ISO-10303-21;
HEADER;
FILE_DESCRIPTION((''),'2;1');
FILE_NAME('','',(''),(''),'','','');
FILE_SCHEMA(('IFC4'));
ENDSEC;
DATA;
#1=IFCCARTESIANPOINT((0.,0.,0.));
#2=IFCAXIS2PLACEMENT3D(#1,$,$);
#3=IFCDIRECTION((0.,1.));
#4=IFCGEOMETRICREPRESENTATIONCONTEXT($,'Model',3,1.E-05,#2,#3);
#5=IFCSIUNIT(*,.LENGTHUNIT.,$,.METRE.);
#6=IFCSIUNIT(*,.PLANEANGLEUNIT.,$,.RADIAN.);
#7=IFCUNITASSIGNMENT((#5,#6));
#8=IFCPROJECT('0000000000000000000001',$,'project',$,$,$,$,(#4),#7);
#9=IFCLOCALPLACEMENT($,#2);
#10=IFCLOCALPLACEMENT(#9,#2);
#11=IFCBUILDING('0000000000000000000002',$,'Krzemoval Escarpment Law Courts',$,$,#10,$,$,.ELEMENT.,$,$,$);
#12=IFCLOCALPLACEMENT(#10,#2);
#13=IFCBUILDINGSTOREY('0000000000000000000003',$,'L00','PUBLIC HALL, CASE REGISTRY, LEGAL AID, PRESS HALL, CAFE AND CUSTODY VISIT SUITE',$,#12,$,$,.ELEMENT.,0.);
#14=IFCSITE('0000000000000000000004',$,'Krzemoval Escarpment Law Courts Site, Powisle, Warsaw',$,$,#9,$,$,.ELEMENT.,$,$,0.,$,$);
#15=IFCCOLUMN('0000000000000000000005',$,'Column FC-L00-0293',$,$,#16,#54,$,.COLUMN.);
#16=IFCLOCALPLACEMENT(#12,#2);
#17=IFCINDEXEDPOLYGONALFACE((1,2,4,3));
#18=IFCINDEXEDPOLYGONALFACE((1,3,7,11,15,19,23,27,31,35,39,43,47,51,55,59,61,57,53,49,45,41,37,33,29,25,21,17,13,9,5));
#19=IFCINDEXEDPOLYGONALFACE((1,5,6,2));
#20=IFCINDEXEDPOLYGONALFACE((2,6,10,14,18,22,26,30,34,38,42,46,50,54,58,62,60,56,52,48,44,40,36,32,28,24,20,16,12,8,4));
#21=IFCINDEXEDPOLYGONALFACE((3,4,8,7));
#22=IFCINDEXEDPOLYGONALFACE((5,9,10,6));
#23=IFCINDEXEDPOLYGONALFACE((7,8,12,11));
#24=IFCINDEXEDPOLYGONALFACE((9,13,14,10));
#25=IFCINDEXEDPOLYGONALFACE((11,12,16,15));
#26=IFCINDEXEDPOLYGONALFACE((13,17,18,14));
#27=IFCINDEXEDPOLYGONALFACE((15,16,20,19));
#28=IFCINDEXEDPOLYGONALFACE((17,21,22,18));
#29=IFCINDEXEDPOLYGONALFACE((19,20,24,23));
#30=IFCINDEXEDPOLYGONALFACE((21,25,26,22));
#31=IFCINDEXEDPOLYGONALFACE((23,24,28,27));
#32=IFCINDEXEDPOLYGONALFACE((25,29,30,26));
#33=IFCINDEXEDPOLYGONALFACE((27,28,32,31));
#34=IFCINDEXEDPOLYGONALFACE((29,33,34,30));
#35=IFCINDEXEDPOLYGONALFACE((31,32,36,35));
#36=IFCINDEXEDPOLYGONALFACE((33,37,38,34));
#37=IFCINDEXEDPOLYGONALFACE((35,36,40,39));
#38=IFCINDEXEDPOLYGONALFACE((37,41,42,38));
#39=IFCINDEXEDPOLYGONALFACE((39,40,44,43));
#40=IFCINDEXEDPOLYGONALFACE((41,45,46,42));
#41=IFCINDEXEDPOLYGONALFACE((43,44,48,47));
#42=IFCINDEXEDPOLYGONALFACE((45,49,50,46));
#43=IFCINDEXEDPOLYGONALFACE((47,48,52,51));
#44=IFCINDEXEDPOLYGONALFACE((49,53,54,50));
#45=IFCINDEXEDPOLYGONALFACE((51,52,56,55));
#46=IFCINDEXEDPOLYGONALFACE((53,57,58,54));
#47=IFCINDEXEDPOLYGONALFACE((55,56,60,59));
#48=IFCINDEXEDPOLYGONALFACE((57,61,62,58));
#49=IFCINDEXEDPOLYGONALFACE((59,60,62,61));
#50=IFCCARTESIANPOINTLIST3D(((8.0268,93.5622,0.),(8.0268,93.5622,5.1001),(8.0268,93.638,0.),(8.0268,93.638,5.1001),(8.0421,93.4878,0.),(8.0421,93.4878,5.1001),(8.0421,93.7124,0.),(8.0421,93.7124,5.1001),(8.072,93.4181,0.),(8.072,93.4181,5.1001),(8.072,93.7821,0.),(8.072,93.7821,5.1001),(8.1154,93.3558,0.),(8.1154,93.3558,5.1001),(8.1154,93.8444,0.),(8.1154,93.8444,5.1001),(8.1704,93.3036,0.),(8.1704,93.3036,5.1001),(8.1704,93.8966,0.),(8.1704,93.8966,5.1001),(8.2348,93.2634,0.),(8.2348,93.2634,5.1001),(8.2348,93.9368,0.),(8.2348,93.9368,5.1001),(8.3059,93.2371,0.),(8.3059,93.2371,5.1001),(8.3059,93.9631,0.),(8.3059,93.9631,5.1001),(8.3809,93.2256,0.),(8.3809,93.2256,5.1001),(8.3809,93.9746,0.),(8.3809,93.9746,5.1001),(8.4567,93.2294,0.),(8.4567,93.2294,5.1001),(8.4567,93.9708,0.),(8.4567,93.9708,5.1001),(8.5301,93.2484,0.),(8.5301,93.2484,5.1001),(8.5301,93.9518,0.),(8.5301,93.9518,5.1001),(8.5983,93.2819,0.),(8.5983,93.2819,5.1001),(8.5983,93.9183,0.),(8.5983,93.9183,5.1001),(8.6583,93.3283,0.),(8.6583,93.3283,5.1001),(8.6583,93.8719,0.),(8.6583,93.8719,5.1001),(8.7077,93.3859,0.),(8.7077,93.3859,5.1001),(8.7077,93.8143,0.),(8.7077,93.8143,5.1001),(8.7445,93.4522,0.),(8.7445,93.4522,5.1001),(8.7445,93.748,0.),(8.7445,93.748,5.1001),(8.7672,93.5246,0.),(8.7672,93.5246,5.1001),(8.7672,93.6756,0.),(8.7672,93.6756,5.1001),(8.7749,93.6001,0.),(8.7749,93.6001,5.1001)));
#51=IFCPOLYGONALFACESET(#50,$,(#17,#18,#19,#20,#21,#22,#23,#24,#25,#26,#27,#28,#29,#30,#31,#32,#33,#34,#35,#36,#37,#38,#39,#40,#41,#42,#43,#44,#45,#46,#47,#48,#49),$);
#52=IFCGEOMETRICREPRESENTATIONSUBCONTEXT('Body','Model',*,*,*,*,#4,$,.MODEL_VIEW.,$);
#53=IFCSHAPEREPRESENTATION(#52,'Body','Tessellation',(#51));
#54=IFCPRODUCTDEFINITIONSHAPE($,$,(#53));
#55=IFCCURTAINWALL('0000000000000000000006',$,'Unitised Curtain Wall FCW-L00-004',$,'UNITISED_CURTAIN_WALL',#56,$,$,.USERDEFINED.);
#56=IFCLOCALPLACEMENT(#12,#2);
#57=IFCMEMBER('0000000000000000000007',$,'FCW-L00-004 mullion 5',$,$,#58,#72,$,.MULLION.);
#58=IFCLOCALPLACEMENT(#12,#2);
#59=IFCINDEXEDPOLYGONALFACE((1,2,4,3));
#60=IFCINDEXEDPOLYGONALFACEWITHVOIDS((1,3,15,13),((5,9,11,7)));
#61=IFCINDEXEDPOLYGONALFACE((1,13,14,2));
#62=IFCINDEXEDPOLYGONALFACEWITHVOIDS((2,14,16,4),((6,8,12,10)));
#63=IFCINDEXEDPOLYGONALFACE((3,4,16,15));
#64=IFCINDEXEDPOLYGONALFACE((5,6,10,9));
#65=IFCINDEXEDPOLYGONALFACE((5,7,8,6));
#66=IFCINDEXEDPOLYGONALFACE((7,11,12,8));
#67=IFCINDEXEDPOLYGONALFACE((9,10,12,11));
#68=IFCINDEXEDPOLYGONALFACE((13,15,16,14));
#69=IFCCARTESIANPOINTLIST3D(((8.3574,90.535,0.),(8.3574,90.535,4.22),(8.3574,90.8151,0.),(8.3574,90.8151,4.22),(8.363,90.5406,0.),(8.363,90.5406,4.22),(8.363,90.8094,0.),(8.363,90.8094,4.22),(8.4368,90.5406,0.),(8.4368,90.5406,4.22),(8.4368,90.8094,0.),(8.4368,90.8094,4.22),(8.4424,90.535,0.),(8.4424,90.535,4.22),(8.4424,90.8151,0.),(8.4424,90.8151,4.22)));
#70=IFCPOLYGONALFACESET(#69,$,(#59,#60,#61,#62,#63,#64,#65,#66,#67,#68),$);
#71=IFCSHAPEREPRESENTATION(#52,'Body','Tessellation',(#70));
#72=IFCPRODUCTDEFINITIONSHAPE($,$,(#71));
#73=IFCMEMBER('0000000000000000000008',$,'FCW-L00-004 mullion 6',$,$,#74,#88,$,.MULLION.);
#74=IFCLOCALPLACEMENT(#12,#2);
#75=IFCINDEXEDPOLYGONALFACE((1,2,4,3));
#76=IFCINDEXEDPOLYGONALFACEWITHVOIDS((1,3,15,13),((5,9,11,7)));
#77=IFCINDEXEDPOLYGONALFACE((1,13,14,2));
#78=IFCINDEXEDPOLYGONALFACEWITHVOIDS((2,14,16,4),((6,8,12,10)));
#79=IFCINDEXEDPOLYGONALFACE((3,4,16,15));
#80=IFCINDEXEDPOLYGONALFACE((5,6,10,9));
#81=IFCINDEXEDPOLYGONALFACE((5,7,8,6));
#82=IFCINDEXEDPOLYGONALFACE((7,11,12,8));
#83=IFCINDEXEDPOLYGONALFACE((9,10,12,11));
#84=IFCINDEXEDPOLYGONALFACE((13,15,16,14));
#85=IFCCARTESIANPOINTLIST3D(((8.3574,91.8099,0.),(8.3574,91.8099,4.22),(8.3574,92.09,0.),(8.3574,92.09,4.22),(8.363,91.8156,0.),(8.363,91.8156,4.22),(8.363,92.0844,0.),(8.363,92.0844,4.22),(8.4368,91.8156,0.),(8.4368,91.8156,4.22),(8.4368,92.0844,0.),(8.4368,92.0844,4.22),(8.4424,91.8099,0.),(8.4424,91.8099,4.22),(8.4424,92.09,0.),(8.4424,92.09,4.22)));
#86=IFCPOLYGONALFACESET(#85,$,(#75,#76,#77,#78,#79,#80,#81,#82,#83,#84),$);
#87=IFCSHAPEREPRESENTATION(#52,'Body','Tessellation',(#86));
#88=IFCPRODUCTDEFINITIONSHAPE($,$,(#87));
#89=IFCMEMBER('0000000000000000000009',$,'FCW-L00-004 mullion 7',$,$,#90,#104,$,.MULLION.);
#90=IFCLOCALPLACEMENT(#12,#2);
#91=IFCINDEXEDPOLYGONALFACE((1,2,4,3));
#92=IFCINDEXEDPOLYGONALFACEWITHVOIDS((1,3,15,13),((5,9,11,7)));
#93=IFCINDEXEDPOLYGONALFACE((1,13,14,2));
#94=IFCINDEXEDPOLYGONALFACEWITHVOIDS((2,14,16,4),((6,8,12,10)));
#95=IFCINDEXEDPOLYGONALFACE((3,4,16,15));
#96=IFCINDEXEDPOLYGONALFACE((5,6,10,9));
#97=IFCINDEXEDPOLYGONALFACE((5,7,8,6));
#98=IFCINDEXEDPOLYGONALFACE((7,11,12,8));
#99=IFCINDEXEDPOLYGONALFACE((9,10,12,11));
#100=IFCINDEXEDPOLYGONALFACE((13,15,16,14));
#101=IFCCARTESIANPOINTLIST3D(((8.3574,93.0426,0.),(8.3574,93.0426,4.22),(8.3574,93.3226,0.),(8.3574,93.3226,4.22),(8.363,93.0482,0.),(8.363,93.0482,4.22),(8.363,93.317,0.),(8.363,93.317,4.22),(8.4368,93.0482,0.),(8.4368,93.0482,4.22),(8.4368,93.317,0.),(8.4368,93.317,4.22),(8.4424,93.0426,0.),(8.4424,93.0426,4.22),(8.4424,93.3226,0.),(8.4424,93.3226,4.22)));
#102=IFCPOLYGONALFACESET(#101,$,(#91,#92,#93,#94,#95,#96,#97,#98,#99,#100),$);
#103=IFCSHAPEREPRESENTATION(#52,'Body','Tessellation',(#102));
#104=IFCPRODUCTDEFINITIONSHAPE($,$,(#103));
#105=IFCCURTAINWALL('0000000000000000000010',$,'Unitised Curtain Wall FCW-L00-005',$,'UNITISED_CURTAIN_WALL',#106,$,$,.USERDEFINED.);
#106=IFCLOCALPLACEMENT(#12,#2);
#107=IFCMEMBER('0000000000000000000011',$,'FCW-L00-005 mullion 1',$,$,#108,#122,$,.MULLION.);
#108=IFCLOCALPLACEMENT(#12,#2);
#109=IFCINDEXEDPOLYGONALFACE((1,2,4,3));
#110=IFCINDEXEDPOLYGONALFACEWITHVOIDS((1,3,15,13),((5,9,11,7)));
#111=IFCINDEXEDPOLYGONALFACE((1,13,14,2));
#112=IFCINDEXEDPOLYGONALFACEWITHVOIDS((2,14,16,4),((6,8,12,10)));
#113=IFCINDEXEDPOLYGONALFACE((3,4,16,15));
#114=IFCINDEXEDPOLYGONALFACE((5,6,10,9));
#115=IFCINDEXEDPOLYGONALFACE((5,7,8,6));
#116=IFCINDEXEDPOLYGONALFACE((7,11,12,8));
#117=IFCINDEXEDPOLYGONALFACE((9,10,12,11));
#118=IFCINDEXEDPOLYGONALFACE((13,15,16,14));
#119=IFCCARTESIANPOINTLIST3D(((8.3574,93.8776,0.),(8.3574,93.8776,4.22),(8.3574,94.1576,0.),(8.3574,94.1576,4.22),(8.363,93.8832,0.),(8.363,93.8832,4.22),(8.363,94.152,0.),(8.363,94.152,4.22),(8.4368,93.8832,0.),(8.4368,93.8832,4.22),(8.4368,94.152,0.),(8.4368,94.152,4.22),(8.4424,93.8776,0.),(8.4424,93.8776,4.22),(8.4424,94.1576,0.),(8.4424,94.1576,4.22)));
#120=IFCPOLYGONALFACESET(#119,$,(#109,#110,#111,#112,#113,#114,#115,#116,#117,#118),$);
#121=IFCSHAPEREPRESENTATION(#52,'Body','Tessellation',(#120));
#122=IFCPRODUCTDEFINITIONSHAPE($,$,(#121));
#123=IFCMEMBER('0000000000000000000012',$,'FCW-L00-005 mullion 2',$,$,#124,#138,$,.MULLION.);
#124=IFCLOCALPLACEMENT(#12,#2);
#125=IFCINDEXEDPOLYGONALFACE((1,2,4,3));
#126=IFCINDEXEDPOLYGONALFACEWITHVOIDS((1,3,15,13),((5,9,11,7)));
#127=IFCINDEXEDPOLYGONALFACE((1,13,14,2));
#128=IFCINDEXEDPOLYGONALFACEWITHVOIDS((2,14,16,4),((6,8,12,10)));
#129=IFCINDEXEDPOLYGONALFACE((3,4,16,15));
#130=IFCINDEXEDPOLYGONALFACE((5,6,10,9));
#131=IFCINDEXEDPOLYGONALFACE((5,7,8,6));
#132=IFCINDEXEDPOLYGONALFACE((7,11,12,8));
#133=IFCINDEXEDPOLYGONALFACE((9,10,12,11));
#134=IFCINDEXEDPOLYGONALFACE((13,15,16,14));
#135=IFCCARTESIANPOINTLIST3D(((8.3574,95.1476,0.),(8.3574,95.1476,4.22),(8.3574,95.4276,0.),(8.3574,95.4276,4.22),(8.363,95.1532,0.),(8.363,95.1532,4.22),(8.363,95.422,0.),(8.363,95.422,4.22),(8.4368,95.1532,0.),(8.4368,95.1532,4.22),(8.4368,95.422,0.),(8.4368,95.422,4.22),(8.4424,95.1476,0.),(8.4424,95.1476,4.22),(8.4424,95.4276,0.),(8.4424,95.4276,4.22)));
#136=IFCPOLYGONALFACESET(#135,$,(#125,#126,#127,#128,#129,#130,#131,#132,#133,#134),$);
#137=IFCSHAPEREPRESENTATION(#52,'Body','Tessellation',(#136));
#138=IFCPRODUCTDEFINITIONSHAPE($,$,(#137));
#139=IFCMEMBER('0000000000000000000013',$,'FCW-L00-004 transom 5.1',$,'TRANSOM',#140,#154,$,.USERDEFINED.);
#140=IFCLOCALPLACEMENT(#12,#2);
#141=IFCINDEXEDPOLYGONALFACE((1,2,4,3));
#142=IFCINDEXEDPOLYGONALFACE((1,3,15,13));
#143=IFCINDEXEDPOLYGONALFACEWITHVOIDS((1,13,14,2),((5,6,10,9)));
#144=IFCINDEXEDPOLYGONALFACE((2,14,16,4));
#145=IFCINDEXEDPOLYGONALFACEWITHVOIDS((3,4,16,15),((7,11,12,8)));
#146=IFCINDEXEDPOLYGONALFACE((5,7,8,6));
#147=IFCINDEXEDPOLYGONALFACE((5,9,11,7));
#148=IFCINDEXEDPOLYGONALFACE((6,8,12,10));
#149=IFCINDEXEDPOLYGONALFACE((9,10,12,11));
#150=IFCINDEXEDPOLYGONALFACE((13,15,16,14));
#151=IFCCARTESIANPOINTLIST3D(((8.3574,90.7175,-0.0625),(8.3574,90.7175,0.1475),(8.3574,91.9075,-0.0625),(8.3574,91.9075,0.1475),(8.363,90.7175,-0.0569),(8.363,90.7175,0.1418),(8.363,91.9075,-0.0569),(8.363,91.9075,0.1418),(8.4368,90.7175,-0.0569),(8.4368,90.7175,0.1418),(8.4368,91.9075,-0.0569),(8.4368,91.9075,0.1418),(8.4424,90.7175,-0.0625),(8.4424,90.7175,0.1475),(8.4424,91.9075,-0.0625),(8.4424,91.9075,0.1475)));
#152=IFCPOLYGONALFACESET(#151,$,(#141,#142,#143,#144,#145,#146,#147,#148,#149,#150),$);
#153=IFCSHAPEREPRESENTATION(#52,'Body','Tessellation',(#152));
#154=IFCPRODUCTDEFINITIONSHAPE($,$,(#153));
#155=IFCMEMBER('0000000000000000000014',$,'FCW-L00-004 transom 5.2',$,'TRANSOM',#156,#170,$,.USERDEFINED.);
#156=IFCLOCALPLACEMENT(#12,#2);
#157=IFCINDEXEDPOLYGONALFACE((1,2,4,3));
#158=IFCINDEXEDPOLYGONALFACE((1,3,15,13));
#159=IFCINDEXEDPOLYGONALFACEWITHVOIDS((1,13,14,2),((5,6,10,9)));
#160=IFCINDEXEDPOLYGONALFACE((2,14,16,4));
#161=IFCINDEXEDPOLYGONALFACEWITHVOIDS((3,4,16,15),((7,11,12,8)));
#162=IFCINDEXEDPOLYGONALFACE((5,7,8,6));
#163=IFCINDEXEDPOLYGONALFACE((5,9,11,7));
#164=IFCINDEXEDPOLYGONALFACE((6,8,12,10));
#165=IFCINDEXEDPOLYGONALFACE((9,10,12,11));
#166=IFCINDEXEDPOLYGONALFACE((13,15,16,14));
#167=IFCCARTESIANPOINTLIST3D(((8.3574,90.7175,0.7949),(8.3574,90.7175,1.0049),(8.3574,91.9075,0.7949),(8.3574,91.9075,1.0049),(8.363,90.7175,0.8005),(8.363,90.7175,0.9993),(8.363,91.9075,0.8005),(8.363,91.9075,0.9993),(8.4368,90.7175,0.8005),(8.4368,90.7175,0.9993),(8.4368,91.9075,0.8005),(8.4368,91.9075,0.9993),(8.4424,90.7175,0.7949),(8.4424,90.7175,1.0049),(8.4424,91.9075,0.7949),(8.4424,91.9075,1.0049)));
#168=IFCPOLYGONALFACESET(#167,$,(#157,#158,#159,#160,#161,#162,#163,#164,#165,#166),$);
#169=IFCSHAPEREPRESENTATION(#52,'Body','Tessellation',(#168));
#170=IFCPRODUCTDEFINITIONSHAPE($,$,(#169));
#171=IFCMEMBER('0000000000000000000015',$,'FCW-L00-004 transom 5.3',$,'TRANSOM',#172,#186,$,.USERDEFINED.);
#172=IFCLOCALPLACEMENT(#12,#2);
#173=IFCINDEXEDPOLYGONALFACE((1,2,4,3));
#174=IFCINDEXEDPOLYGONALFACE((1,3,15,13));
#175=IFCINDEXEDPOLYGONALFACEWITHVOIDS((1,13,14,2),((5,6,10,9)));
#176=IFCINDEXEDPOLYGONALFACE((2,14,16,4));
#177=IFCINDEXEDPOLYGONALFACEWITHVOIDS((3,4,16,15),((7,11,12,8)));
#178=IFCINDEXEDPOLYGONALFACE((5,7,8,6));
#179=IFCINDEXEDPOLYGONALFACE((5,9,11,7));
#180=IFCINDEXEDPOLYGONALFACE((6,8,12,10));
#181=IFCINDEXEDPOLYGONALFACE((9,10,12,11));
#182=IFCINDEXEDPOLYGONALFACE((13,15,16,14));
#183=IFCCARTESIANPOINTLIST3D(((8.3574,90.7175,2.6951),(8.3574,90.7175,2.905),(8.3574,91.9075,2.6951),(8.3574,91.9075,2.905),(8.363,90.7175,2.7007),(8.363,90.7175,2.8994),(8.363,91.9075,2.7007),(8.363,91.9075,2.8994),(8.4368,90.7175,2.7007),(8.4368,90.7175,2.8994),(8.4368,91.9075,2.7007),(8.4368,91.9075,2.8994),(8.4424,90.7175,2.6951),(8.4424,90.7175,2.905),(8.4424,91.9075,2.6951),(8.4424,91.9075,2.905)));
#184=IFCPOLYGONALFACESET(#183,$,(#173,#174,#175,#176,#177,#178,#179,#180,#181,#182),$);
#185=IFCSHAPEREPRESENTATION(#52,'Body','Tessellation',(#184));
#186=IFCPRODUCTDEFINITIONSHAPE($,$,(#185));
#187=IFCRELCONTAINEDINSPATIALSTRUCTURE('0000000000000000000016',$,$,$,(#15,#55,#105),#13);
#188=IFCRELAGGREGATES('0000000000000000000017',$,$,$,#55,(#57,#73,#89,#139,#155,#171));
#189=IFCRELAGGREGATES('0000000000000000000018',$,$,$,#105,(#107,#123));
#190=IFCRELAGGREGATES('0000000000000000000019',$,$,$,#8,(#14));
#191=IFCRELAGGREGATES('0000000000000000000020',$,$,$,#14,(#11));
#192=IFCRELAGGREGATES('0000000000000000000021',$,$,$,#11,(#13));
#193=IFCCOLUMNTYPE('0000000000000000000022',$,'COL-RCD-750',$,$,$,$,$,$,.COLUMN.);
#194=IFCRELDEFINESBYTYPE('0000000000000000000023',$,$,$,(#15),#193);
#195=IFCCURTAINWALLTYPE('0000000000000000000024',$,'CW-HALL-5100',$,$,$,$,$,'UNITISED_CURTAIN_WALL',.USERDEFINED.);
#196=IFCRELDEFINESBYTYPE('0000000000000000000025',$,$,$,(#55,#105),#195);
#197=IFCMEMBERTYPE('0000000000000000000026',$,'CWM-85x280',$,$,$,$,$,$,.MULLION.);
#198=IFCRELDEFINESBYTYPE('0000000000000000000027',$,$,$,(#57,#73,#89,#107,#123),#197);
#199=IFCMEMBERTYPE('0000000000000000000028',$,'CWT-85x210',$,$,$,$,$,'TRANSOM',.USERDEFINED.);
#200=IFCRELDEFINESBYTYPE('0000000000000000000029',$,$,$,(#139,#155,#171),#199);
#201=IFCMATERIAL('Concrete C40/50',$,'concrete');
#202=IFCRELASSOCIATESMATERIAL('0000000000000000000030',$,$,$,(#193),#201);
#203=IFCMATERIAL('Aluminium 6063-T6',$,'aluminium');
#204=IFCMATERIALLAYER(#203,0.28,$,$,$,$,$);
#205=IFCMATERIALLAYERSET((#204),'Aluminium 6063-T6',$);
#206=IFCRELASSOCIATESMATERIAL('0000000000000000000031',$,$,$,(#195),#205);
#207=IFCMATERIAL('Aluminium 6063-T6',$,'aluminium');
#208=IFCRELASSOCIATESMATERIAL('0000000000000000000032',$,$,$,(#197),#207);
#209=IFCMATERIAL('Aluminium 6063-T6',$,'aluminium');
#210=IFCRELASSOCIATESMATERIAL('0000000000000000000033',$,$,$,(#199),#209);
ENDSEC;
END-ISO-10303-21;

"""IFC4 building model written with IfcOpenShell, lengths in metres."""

from ifc_helpers import new_model, si_unit, direction, frame, origin, origin_2d, place, context, subcontext, project, spatial, hollow_rectangle, circle, extrude, material, layer, layer_set, material_profile, profile_set, type_object, element, aggregate, save


model = new_model("IFC4")

# Units and contexts
model_context = context("Model", 3, precision=1e-05, world=origin(), true_north=direction((0.0, 1.0)))
body_context = subcontext(model_context, "Body", "Model", "MODEL_VIEW")
ifc_project = project(units=[si_unit("LENGTHUNIT", "METRE"), si_unit("PLANEANGLEUNIT", "RADIAN")], contexts=[model_context])

# Site, building, storey
site_placement = place(None, origin())
site = spatial("IfcSite", under=ifc_project, at=site_placement, Name="Krzemoval Escarpment Law Courts Site, Powisle, Warsaw", CompositionType="ELEMENT", RefElevation=0.0)
building_placement = place(site_placement, origin())
building = spatial("IfcBuilding", under=site, at=building_placement, Name="Krzemoval Escarpment Law Courts", CompositionType="ELEMENT")
storey_placement = place(building_placement, origin())
storey = spatial("IfcBuildingStorey", under=building, at=storey_placement, Name="L00", Description="PUBLIC HALL, CASE REGISTRY, LEGAL AID, PRESS HALL, CAFE AND CUSTODY VISIT SUITE", CompositionType="ELEMENT", Elevation=0.0)

# Column
ifc_material_1 = material(Name="Concrete C40/50", Category="concrete")
ifc_material_profile_1 = material_profile(ifc_material_1, circle(Radius=0.375, at=origin_2d()), Name="RC D750")
ifc_profile_set_1 = profile_set([ifc_material_profile_1], Name="Concrete C40/50")
column_type = type_object("IfcColumnType", Name="COL-RCD-750", PredefinedType="COLUMN", material=ifc_profile_set_1)
column_placement = place(storey_placement, frame((8.3999, 93.6001, 0.0), z_axis=(0.0, 0.0, 1.0), x_axis=(1.0, 0.0, 0.0)))
element("IfcColumn", 1, at=column_placement, inside=storey, type_object=column_type, Name="Column FC-L00-0293", PredefinedType="COLUMN", context=body_context, shape_type="SweptSolid", body=[
    extrude(circle(Radius=0.375, at=origin_2d()), origin(), (0.0, 0.0, 1.0), 5.1001),
])

# Curtain walls, members
ifc_material_2 = material(Name="Aluminium 6063-T6", Category="aluminium")
ifc_layer_1 = layer(ifc_material_2, 0.28)
ifc_layer_set_1 = layer_set([ifc_layer_1], Name="Aluminium 6063-T6")
curtain_wall_type = type_object("IfcCurtainWallType", Name="CW-HALL-5100", ElementType="UNITISED_CURTAIN_WALL", PredefinedType="USERDEFINED", material=ifc_layer_set_1)
curtain_wall_1_placement = place(storey_placement, origin())
curtain_wall_1 = element("IfcCurtainWall", 2, at=curtain_wall_1_placement, inside=storey, type_object=curtain_wall_type, Name="Unitised Curtain Wall FCW-L00-004", ObjectType="UNITISED_CURTAIN_WALL", PredefinedType="USERDEFINED")
ifc_material_3 = material(Name="Aluminium 6063-T6", Category="aluminium")
ifc_material_profile_2 = material_profile(ifc_material_3, hollow_rectangle(XDim=0.085, YDim=0.28, WallThickness=0.0056, at=origin_2d()), Name="ALU M85x280")
ifc_profile_set_2 = profile_set([ifc_material_profile_2], Name="Aluminium 6063-T6")
member_type_1 = type_object("IfcMemberType", Name="CWM-85x280", PredefinedType="MULLION", material=ifc_profile_set_2)
member_1_placement = place(storey_placement, frame((8.3999, 90.675, 0.0), z_axis=(0.0, 0.0, 1.0), x_axis=(-1.0, 0.0, 0.0)))
member_1 = element("IfcMember", 3, at=member_1_placement, type_object=member_type_1, Name="FCW-L00-004 mullion 5", PredefinedType="MULLION", context=body_context, shape_type="SweptSolid", body=[
    extrude(hollow_rectangle(XDim=0.085, YDim=0.28, WallThickness=0.0056, at=origin_2d()), origin(), (0.0, 0.0, 1.0), 4.22),
])
member_2_placement = place(storey_placement, frame((8.3999, 91.95, 0.0), z_axis=(0.0, 0.0, 1.0), x_axis=(-1.0, 0.0, 0.0)))
member_2 = element("IfcMember", 4, at=member_2_placement, type_object=member_type_1, Name="FCW-L00-004 mullion 6", PredefinedType="MULLION", context=body_context, shape_type="SweptSolid", body=[
    extrude(hollow_rectangle(XDim=0.085, YDim=0.28, WallThickness=0.0056, at=origin_2d()), origin(), (0.0, 0.0, 1.0), 4.22),
])
member_3_placement = place(storey_placement, frame((8.3999, 93.1826, 0.0), z_axis=(0.0, 0.0, 1.0), x_axis=(-1.0, 0.0, 0.0)))
member_3 = element("IfcMember", 5, at=member_3_placement, type_object=member_type_1, Name="FCW-L00-004 mullion 7", PredefinedType="MULLION", context=body_context, shape_type="SweptSolid", body=[
    extrude(hollow_rectangle(XDim=0.085, YDim=0.28, WallThickness=0.0056, at=origin_2d()), origin(), (0.0, 0.0, 1.0), 4.22),
])
curtain_wall_2_placement = place(storey_placement, origin())
curtain_wall_2 = element("IfcCurtainWall", 6, at=curtain_wall_2_placement, inside=storey, type_object=curtain_wall_type, Name="Unitised Curtain Wall FCW-L00-005", ObjectType="UNITISED_CURTAIN_WALL", PredefinedType="USERDEFINED")
member_4_placement = place(storey_placement, frame((8.3999, 94.0176, 0.0), z_axis=(0.0, 0.0, 1.0), x_axis=(-1.0, 0.0, 0.0)))
member_4 = element("IfcMember", 7, at=member_4_placement, type_object=member_type_1, Name="FCW-L00-005 mullion 1", PredefinedType="MULLION", context=body_context, shape_type="SweptSolid", body=[
    extrude(hollow_rectangle(XDim=0.085, YDim=0.28, WallThickness=0.0056, at=origin_2d()), origin(), (0.0, 0.0, 1.0), 4.22),
])
member_5_placement = place(storey_placement, frame((8.3999, 95.2876, 0.0), z_axis=(0.0, 0.0, 1.0), x_axis=(-1.0, 0.0, 0.0)))
member_5 = element("IfcMember", 8, at=member_5_placement, type_object=member_type_1, Name="FCW-L00-005 mullion 2", PredefinedType="MULLION", context=body_context, shape_type="SweptSolid", body=[
    extrude(hollow_rectangle(XDim=0.085, YDim=0.28, WallThickness=0.0056, at=origin_2d()), origin(), (0.0, 0.0, 1.0), 4.22),
])

# Members
ifc_material_4 = material(Name="Aluminium 6063-T6", Category="aluminium")
ifc_material_profile_3 = material_profile(ifc_material_4, hollow_rectangle(XDim=0.085, YDim=0.21, WallThickness=0.0056, at=origin_2d()), Name="ALU T85x210")
ifc_profile_set_3 = profile_set([ifc_material_profile_3], Name="Aluminium 6063-T6")
member_type_2 = type_object("IfcMemberType", Name="CWT-85x210", ElementType="TRANSOM", PredefinedType="USERDEFINED", material=ifc_profile_set_3)
member_6_placement = place(storey_placement, frame((8.3999, 90.7175, 0.0425), z_axis=(0.0, 1.0, 0.0), x_axis=(-1.0, 0.0, 0.0)))
member_6 = element("IfcMember", 9, at=member_6_placement, type_object=member_type_2, Name="FCW-L00-004 transom 5.1", ObjectType="TRANSOM", PredefinedType="USERDEFINED", context=body_context, shape_type="SweptSolid", body=[
    extrude(hollow_rectangle(XDim=0.085, YDim=0.21, WallThickness=0.0056, at=origin_2d()), origin(), (0.0, 0.0, 1.0), 1.1899),
])
member_7_placement = place(storey_placement, frame((8.3999, 90.7175, 0.8999), z_axis=(0.0, 1.0, 0.0), x_axis=(-1.0, 0.0, 0.0)))
member_7 = element("IfcMember", 10, at=member_7_placement, type_object=member_type_2, Name="FCW-L00-004 transom 5.2", ObjectType="TRANSOM", PredefinedType="USERDEFINED", context=body_context, shape_type="SweptSolid", body=[
    extrude(hollow_rectangle(XDim=0.085, YDim=0.21, WallThickness=0.0056, at=origin_2d()), origin(), (0.0, 0.0, 1.0), 1.1899),
])
member_8_placement = place(storey_placement, frame((8.3999, 90.7175, 2.8), z_axis=(0.0, 1.0, 0.0), x_axis=(-1.0, 0.0, 0.0)))
member_8 = element("IfcMember", 11, at=member_8_placement, type_object=member_type_2, Name="FCW-L00-004 transom 5.3", ObjectType="TRANSOM", PredefinedType="USERDEFINED", context=body_context, shape_type="SweptSolid", body=[
    extrude(hollow_rectangle(XDim=0.085, YDim=0.21, WallThickness=0.0056, at=origin_2d()), origin(), (0.0, 0.0, 1.0), 1.1899),
])

aggregate(curtain_wall_1, [member_1, member_2, member_3, member_6, member_7, member_8])
aggregate(curtain_wall_2, [member_4, member_5])

save(model, "model.ifc")
